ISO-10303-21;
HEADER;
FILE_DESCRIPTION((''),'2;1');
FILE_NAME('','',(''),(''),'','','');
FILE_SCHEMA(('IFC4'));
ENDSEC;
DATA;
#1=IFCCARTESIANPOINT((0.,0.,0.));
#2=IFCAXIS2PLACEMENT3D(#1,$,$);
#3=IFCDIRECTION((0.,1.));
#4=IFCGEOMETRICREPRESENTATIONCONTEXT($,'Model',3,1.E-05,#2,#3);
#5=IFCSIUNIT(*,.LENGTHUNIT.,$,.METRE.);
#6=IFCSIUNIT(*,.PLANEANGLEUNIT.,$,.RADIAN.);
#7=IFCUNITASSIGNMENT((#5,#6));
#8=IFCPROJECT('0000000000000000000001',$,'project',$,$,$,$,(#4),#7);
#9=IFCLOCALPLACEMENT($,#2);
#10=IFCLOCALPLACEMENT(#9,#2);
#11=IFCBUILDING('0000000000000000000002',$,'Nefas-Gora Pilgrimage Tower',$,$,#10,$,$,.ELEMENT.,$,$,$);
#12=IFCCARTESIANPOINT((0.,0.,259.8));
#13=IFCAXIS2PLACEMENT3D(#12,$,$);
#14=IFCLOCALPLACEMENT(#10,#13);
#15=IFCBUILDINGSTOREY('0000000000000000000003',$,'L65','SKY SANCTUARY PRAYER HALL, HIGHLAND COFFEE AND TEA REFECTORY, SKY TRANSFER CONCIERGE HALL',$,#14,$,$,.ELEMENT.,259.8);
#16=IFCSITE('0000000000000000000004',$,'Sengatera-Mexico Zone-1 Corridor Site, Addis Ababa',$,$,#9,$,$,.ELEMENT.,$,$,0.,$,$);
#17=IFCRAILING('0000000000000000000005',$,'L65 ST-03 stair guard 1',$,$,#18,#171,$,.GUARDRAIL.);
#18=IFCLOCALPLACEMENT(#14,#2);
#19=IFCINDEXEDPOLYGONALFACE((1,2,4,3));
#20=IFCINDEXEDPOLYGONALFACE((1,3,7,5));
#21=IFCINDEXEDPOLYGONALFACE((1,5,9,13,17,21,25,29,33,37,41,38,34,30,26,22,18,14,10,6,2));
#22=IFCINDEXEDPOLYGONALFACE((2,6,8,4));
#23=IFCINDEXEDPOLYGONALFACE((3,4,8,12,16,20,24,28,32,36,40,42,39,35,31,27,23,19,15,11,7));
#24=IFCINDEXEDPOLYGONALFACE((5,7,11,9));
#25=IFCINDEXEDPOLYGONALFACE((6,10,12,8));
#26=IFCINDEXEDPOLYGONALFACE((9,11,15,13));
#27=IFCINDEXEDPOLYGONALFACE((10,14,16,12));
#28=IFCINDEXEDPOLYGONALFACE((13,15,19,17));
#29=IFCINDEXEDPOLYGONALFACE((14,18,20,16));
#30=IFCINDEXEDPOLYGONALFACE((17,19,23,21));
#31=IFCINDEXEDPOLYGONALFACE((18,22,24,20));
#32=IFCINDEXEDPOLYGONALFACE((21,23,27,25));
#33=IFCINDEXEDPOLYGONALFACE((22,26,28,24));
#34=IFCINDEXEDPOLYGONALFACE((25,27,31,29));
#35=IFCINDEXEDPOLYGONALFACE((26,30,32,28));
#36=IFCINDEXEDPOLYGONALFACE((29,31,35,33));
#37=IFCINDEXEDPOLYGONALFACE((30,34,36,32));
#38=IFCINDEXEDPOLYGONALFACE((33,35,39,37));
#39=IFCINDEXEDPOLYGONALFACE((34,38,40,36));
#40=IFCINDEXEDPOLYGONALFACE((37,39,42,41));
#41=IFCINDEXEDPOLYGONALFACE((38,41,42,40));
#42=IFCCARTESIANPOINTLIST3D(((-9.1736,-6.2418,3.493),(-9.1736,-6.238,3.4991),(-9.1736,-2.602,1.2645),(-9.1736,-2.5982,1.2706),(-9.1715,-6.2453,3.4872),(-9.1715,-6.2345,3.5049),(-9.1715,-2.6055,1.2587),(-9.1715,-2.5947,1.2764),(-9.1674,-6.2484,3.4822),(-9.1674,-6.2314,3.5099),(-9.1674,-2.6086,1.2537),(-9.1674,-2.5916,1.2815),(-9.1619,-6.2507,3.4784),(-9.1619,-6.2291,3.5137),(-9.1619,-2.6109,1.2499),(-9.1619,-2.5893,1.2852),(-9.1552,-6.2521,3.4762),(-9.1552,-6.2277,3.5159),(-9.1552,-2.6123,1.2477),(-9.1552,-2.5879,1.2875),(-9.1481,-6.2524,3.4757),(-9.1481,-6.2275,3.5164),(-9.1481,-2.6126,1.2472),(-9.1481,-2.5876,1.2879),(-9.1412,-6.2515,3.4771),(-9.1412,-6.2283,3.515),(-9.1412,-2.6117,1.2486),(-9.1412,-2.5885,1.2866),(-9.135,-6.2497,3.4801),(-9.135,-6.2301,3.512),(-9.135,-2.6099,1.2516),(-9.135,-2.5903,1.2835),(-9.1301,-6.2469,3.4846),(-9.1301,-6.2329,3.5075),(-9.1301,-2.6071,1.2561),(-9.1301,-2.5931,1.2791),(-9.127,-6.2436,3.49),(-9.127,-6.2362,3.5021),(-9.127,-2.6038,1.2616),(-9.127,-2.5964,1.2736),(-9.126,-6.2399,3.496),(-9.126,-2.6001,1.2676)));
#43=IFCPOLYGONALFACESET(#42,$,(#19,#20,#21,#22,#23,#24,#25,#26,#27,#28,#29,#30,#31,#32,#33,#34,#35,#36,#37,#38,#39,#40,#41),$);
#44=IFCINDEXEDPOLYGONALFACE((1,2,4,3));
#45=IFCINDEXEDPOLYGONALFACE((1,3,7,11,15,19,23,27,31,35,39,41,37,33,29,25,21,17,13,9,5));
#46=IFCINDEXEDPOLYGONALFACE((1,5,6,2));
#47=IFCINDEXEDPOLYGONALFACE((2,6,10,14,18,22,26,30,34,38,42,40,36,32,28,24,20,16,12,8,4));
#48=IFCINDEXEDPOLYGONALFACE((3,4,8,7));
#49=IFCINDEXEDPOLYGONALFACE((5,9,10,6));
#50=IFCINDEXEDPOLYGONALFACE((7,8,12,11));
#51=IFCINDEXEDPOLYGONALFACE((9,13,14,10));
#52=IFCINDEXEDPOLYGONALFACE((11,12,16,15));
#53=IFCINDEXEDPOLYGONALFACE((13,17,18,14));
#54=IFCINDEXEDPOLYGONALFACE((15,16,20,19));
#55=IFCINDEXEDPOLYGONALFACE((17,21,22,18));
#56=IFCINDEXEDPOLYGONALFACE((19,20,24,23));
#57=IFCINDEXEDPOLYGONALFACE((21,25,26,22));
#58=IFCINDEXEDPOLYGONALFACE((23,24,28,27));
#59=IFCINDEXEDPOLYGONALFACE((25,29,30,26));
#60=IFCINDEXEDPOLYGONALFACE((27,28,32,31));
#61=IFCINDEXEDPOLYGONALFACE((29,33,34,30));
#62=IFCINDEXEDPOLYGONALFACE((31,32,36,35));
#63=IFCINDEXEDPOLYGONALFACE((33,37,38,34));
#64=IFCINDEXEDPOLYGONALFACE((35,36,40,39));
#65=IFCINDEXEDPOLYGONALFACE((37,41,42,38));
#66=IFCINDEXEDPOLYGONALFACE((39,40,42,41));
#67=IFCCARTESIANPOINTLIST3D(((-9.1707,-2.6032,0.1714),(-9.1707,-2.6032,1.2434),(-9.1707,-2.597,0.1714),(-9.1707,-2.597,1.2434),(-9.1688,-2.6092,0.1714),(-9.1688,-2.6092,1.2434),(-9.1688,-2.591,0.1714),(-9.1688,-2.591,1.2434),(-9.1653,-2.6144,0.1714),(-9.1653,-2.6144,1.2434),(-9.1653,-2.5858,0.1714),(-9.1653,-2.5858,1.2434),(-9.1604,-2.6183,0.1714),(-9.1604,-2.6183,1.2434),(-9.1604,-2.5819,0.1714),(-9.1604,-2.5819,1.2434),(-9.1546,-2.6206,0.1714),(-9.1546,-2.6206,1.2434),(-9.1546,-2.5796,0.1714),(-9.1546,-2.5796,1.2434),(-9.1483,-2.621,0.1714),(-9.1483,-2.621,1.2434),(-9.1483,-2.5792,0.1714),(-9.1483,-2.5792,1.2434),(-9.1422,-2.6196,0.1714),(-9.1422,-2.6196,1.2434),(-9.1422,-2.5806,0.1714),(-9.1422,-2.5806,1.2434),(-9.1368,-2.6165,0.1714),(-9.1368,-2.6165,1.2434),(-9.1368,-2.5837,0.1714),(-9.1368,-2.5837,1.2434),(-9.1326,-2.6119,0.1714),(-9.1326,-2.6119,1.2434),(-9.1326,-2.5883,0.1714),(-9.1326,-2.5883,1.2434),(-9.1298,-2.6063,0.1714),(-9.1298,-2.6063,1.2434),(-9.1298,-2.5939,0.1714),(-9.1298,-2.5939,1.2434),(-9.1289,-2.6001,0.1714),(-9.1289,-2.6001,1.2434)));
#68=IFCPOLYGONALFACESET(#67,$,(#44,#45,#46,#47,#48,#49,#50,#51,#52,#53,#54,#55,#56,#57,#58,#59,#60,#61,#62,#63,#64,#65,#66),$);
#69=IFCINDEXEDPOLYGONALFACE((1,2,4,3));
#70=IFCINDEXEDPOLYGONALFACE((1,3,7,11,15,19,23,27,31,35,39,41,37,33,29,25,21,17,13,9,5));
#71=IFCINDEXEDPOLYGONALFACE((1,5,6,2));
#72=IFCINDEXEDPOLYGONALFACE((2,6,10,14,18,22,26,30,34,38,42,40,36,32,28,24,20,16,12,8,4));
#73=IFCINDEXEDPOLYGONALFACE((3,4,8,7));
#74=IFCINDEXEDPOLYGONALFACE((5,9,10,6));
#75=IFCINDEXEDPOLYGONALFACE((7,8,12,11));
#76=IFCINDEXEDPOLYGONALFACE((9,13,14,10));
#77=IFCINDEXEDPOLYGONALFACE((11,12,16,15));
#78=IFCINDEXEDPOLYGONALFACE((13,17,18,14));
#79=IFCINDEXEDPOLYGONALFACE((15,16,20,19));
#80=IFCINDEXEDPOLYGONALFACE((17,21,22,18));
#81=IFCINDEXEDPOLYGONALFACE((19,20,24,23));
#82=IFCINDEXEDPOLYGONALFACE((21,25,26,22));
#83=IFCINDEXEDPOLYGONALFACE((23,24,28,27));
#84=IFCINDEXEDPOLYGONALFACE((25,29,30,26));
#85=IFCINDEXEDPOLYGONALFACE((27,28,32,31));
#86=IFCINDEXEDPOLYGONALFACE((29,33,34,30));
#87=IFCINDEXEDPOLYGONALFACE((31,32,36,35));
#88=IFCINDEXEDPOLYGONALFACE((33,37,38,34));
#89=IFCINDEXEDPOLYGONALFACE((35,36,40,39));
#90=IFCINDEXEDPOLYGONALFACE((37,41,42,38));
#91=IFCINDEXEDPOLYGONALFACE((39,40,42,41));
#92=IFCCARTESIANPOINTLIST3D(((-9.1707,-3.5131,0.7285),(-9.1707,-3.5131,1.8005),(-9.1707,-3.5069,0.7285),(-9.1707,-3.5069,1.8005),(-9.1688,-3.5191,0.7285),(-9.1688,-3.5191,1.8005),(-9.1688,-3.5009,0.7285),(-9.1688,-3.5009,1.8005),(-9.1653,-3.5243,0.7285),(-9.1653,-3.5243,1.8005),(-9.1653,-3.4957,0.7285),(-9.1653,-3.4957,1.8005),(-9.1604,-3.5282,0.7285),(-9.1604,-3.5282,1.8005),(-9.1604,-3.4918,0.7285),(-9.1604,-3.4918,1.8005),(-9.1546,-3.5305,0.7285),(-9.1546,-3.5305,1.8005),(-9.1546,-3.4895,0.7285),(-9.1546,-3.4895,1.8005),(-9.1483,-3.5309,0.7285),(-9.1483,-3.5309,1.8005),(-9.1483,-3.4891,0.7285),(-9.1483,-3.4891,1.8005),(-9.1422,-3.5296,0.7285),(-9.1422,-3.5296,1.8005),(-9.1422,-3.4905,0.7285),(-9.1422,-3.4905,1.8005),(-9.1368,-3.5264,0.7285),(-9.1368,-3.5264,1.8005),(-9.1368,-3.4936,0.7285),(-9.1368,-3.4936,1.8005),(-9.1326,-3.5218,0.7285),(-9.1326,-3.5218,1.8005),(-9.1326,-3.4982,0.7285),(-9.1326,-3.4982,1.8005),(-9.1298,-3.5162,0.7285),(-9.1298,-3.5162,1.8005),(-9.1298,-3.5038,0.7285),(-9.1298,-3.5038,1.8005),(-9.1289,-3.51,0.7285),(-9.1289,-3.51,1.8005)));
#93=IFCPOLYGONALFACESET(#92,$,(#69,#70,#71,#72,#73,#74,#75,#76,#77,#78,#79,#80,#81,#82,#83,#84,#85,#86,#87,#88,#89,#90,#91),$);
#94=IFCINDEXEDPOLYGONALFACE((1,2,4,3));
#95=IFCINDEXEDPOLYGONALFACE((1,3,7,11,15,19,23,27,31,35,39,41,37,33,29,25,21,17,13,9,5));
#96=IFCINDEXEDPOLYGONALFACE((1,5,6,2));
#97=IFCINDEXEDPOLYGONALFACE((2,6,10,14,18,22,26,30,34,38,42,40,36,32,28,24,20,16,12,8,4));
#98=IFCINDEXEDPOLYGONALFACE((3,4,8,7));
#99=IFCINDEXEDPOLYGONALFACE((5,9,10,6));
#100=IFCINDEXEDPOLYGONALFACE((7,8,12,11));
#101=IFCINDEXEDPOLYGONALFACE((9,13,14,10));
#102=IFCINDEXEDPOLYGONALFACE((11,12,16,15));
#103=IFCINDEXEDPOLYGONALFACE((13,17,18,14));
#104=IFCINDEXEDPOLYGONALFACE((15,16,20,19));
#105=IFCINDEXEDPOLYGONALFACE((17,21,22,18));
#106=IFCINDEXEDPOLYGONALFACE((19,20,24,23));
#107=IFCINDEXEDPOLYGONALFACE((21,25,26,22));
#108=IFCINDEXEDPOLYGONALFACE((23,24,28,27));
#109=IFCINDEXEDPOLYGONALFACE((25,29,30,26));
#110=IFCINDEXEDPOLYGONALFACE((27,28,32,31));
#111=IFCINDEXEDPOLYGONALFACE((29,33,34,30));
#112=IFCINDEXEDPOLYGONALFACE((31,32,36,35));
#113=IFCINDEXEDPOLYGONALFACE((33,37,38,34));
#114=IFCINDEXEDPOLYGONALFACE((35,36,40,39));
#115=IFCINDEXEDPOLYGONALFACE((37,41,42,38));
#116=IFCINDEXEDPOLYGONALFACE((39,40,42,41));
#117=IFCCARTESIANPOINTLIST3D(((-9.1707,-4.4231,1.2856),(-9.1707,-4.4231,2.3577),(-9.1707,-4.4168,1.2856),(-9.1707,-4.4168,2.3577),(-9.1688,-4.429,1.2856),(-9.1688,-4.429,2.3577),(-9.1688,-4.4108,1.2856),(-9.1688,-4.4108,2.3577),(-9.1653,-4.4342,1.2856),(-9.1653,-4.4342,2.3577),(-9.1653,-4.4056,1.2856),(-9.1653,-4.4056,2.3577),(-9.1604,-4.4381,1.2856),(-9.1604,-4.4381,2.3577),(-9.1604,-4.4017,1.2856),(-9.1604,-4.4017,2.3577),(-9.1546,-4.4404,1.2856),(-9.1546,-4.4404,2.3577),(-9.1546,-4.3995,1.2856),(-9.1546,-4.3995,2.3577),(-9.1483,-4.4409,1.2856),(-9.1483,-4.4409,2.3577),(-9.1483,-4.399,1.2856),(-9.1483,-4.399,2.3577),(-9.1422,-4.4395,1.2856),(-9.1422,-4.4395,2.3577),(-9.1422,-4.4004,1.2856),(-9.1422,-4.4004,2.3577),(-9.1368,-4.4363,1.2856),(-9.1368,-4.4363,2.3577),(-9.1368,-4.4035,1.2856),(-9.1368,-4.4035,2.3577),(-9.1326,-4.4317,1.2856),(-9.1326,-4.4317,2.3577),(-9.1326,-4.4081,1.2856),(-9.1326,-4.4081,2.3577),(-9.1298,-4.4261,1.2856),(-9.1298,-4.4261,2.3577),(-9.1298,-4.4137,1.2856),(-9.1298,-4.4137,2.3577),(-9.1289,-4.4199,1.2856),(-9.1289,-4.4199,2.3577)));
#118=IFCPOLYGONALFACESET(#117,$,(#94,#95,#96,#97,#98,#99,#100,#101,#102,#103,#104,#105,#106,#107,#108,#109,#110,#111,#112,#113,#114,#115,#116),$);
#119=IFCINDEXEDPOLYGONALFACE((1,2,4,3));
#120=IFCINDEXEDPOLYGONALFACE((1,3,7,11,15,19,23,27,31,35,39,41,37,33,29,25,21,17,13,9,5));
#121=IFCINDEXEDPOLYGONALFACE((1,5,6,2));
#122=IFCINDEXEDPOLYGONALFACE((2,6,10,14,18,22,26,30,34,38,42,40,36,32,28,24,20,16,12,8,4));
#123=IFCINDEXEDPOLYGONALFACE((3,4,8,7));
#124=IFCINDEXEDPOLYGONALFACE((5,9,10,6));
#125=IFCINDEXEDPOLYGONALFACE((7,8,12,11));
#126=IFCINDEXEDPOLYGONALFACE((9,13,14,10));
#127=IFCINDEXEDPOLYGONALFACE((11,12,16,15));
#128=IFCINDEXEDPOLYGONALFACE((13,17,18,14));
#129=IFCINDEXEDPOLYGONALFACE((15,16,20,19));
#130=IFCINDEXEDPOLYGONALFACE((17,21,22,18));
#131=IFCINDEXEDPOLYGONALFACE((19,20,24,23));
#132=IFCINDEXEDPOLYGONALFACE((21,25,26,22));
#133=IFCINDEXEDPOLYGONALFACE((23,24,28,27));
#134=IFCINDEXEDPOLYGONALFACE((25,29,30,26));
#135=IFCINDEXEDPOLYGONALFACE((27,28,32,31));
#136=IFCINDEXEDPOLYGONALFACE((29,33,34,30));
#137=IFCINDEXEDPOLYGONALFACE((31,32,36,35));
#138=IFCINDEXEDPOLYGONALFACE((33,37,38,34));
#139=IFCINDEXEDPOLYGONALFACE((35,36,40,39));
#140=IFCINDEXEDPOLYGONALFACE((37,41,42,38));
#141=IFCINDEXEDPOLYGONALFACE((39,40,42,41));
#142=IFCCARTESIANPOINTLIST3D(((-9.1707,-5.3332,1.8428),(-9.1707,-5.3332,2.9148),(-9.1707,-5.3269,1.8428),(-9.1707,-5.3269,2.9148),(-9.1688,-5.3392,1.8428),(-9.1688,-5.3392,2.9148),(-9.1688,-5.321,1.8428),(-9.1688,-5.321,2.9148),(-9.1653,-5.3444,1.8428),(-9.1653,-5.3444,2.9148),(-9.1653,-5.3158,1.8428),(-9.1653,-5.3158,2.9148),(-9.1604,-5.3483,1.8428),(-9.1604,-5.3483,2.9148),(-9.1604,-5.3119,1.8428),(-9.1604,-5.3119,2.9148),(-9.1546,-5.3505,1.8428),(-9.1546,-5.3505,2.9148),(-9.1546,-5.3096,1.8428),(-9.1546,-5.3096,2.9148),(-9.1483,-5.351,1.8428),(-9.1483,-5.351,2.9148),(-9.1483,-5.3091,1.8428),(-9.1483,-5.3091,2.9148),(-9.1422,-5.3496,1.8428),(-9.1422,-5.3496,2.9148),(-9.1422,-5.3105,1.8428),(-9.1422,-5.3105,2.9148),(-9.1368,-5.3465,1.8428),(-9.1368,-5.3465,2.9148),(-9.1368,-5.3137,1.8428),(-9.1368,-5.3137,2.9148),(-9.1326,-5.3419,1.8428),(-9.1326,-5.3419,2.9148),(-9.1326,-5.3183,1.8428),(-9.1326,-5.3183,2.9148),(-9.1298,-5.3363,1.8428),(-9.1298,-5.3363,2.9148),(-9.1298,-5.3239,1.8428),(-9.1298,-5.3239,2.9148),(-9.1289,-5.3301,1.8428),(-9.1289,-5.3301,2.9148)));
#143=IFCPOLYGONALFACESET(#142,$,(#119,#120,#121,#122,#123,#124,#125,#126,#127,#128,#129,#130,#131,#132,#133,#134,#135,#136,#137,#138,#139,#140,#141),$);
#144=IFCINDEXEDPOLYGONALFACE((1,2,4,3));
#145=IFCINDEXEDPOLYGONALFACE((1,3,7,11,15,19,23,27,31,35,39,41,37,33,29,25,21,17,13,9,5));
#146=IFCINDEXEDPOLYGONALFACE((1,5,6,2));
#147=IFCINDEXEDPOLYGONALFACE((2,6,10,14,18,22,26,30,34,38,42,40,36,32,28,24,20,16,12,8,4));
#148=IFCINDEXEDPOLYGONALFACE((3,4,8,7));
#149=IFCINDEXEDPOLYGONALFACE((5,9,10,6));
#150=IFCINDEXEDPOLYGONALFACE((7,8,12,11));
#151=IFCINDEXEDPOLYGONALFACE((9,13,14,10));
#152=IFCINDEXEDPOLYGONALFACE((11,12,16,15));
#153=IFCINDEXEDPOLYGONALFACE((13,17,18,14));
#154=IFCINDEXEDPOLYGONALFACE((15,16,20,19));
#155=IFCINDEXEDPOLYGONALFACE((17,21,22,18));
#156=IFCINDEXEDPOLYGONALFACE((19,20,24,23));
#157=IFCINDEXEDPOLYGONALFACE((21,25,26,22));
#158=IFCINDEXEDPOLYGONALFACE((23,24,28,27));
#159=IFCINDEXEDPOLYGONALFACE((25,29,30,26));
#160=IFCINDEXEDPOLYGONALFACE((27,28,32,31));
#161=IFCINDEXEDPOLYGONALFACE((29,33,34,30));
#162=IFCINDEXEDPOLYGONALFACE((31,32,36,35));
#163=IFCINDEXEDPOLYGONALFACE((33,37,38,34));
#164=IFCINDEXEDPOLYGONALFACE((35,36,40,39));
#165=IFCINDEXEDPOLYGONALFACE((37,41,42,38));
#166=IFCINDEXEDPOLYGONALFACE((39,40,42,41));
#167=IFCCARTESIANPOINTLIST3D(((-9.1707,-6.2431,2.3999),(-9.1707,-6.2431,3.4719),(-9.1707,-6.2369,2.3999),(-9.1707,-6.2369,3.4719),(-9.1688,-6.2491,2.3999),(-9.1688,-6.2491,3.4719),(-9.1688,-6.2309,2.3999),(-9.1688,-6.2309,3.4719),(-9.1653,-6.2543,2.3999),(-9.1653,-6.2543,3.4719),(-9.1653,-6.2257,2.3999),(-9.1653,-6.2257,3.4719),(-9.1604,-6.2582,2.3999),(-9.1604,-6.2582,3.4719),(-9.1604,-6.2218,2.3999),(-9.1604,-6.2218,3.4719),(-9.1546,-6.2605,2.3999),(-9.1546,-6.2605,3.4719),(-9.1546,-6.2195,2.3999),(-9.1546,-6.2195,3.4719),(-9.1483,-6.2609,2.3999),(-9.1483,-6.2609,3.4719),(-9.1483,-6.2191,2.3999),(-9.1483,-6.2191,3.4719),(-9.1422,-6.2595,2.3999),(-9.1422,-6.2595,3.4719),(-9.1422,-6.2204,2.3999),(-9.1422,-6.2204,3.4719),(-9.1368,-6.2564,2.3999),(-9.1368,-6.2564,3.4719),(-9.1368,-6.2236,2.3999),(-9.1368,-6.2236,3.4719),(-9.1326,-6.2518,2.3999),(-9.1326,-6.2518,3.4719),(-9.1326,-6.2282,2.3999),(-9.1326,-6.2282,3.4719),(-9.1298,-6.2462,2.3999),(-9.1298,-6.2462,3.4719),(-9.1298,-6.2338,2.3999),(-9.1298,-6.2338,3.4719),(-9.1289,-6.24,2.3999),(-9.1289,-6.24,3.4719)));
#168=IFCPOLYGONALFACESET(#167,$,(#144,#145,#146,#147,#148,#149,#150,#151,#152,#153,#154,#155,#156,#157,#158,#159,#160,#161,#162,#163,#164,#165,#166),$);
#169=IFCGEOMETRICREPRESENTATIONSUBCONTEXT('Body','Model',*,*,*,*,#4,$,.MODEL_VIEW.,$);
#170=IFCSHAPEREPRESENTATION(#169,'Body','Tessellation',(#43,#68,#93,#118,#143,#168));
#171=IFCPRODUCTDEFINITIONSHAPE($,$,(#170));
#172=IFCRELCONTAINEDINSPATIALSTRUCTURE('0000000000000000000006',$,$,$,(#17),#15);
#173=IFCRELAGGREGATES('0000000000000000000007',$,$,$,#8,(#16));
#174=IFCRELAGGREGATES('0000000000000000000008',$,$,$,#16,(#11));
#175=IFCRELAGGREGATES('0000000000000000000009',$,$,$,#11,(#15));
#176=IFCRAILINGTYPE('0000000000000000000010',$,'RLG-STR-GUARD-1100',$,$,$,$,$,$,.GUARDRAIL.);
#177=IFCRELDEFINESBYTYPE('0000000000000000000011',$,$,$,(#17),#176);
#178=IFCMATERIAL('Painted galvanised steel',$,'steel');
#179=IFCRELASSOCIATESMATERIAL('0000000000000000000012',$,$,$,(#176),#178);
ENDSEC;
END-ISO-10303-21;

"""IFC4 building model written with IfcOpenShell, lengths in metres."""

from ifc_helpers import new_model, si_unit, direction, frame, origin, origin_2d, place, context, subcontext, project, spatial, circle, extrude, material, type_object, element, save


model = new_model("IFC4")

# Units and contexts
model_context = context("Model", 3, precision=1e-05, world=origin(), true_north=direction((0.0, 1.0)))
body_context = subcontext(model_context, "Body", "Model", "MODEL_VIEW")
ifc_project = project(units=[si_unit("LENGTHUNIT", "METRE"), si_unit("PLANEANGLEUNIT", "RADIAN")], contexts=[model_context])

# Site, building, storey
site_placement = place(None, origin())
site = spatial("IfcSite", under=ifc_project, at=site_placement, Name="Sengatera-Mexico Zone-1 Corridor Site, Addis Ababa", CompositionType="ELEMENT", RefElevation=0.0)
building_placement = place(site_placement, origin())
building = spatial("IfcBuilding", under=site, at=building_placement, Name="Nefas-Gora Pilgrimage Tower", CompositionType="ELEMENT")
storey_placement = place(building_placement, frame((0.0, 0.0, 259.8)))
storey = spatial("IfcBuildingStorey", under=building, at=storey_placement, Name="L65", Description="SKY SANCTUARY PRAYER HALL, HIGHLAND COFFEE AND TEA REFECTORY, SKY TRANSFER CONCIERGE HALL", CompositionType="ELEMENT", Elevation=259.8)

# Railing
ifc_material_1 = material(Name="Painted galvanised steel", Category="steel")
railing_type = type_object("IfcRailingType", Name="RLG-STR-GUARD-1100", PredefinedType="GUARDRAIL", material=ifc_material_1)
railing_1_placement = place(storey_placement, frame((-9.1499, -2.6001, 0.1714)))
element("IfcRailing", 1, at=railing_1_placement, inside=storey, type_object=railing_type, Name="L65 ST-03 stair guard 1", PredefinedType="GUARDRAIL", context=body_context, shape_type="SweptSolid", body=[
    extrude(circle(Radius=0.0239, at=origin_2d()), frame((0.0, 0.0, 1.0962), z_axis=(0.0, -0.85285, 0.522156), x_axis=(1.0, 0.0, 0.0)), (0.0, 0.0, 1.0), 4.2678),
    extrude(circle(Radius=0.021, at=origin_2d()), origin(), (0.0, 0.0, 1.0), 1.072),
    extrude(circle(Radius=0.021, at=origin_2d()), frame((0.0, -0.9099, 0.5571)), (0.0, 0.0, 1.0), 1.072),
    extrude(circle(Radius=0.021, at=origin_2d()), frame((0.0, -1.8198, 1.1143)), (0.0, 0.0, 1.0), 1.072),
    extrude(circle(Radius=0.021, at=origin_2d()), frame((0.0, -2.73, 1.6714)), (0.0, 0.0, 1.0), 1.072),
    extrude(circle(Radius=0.021, at=origin_2d()), frame((0.0, -3.6399, 2.2285)), (0.0, 0.0, 1.0), 1.072),
])

save(model, "model.ifc")
